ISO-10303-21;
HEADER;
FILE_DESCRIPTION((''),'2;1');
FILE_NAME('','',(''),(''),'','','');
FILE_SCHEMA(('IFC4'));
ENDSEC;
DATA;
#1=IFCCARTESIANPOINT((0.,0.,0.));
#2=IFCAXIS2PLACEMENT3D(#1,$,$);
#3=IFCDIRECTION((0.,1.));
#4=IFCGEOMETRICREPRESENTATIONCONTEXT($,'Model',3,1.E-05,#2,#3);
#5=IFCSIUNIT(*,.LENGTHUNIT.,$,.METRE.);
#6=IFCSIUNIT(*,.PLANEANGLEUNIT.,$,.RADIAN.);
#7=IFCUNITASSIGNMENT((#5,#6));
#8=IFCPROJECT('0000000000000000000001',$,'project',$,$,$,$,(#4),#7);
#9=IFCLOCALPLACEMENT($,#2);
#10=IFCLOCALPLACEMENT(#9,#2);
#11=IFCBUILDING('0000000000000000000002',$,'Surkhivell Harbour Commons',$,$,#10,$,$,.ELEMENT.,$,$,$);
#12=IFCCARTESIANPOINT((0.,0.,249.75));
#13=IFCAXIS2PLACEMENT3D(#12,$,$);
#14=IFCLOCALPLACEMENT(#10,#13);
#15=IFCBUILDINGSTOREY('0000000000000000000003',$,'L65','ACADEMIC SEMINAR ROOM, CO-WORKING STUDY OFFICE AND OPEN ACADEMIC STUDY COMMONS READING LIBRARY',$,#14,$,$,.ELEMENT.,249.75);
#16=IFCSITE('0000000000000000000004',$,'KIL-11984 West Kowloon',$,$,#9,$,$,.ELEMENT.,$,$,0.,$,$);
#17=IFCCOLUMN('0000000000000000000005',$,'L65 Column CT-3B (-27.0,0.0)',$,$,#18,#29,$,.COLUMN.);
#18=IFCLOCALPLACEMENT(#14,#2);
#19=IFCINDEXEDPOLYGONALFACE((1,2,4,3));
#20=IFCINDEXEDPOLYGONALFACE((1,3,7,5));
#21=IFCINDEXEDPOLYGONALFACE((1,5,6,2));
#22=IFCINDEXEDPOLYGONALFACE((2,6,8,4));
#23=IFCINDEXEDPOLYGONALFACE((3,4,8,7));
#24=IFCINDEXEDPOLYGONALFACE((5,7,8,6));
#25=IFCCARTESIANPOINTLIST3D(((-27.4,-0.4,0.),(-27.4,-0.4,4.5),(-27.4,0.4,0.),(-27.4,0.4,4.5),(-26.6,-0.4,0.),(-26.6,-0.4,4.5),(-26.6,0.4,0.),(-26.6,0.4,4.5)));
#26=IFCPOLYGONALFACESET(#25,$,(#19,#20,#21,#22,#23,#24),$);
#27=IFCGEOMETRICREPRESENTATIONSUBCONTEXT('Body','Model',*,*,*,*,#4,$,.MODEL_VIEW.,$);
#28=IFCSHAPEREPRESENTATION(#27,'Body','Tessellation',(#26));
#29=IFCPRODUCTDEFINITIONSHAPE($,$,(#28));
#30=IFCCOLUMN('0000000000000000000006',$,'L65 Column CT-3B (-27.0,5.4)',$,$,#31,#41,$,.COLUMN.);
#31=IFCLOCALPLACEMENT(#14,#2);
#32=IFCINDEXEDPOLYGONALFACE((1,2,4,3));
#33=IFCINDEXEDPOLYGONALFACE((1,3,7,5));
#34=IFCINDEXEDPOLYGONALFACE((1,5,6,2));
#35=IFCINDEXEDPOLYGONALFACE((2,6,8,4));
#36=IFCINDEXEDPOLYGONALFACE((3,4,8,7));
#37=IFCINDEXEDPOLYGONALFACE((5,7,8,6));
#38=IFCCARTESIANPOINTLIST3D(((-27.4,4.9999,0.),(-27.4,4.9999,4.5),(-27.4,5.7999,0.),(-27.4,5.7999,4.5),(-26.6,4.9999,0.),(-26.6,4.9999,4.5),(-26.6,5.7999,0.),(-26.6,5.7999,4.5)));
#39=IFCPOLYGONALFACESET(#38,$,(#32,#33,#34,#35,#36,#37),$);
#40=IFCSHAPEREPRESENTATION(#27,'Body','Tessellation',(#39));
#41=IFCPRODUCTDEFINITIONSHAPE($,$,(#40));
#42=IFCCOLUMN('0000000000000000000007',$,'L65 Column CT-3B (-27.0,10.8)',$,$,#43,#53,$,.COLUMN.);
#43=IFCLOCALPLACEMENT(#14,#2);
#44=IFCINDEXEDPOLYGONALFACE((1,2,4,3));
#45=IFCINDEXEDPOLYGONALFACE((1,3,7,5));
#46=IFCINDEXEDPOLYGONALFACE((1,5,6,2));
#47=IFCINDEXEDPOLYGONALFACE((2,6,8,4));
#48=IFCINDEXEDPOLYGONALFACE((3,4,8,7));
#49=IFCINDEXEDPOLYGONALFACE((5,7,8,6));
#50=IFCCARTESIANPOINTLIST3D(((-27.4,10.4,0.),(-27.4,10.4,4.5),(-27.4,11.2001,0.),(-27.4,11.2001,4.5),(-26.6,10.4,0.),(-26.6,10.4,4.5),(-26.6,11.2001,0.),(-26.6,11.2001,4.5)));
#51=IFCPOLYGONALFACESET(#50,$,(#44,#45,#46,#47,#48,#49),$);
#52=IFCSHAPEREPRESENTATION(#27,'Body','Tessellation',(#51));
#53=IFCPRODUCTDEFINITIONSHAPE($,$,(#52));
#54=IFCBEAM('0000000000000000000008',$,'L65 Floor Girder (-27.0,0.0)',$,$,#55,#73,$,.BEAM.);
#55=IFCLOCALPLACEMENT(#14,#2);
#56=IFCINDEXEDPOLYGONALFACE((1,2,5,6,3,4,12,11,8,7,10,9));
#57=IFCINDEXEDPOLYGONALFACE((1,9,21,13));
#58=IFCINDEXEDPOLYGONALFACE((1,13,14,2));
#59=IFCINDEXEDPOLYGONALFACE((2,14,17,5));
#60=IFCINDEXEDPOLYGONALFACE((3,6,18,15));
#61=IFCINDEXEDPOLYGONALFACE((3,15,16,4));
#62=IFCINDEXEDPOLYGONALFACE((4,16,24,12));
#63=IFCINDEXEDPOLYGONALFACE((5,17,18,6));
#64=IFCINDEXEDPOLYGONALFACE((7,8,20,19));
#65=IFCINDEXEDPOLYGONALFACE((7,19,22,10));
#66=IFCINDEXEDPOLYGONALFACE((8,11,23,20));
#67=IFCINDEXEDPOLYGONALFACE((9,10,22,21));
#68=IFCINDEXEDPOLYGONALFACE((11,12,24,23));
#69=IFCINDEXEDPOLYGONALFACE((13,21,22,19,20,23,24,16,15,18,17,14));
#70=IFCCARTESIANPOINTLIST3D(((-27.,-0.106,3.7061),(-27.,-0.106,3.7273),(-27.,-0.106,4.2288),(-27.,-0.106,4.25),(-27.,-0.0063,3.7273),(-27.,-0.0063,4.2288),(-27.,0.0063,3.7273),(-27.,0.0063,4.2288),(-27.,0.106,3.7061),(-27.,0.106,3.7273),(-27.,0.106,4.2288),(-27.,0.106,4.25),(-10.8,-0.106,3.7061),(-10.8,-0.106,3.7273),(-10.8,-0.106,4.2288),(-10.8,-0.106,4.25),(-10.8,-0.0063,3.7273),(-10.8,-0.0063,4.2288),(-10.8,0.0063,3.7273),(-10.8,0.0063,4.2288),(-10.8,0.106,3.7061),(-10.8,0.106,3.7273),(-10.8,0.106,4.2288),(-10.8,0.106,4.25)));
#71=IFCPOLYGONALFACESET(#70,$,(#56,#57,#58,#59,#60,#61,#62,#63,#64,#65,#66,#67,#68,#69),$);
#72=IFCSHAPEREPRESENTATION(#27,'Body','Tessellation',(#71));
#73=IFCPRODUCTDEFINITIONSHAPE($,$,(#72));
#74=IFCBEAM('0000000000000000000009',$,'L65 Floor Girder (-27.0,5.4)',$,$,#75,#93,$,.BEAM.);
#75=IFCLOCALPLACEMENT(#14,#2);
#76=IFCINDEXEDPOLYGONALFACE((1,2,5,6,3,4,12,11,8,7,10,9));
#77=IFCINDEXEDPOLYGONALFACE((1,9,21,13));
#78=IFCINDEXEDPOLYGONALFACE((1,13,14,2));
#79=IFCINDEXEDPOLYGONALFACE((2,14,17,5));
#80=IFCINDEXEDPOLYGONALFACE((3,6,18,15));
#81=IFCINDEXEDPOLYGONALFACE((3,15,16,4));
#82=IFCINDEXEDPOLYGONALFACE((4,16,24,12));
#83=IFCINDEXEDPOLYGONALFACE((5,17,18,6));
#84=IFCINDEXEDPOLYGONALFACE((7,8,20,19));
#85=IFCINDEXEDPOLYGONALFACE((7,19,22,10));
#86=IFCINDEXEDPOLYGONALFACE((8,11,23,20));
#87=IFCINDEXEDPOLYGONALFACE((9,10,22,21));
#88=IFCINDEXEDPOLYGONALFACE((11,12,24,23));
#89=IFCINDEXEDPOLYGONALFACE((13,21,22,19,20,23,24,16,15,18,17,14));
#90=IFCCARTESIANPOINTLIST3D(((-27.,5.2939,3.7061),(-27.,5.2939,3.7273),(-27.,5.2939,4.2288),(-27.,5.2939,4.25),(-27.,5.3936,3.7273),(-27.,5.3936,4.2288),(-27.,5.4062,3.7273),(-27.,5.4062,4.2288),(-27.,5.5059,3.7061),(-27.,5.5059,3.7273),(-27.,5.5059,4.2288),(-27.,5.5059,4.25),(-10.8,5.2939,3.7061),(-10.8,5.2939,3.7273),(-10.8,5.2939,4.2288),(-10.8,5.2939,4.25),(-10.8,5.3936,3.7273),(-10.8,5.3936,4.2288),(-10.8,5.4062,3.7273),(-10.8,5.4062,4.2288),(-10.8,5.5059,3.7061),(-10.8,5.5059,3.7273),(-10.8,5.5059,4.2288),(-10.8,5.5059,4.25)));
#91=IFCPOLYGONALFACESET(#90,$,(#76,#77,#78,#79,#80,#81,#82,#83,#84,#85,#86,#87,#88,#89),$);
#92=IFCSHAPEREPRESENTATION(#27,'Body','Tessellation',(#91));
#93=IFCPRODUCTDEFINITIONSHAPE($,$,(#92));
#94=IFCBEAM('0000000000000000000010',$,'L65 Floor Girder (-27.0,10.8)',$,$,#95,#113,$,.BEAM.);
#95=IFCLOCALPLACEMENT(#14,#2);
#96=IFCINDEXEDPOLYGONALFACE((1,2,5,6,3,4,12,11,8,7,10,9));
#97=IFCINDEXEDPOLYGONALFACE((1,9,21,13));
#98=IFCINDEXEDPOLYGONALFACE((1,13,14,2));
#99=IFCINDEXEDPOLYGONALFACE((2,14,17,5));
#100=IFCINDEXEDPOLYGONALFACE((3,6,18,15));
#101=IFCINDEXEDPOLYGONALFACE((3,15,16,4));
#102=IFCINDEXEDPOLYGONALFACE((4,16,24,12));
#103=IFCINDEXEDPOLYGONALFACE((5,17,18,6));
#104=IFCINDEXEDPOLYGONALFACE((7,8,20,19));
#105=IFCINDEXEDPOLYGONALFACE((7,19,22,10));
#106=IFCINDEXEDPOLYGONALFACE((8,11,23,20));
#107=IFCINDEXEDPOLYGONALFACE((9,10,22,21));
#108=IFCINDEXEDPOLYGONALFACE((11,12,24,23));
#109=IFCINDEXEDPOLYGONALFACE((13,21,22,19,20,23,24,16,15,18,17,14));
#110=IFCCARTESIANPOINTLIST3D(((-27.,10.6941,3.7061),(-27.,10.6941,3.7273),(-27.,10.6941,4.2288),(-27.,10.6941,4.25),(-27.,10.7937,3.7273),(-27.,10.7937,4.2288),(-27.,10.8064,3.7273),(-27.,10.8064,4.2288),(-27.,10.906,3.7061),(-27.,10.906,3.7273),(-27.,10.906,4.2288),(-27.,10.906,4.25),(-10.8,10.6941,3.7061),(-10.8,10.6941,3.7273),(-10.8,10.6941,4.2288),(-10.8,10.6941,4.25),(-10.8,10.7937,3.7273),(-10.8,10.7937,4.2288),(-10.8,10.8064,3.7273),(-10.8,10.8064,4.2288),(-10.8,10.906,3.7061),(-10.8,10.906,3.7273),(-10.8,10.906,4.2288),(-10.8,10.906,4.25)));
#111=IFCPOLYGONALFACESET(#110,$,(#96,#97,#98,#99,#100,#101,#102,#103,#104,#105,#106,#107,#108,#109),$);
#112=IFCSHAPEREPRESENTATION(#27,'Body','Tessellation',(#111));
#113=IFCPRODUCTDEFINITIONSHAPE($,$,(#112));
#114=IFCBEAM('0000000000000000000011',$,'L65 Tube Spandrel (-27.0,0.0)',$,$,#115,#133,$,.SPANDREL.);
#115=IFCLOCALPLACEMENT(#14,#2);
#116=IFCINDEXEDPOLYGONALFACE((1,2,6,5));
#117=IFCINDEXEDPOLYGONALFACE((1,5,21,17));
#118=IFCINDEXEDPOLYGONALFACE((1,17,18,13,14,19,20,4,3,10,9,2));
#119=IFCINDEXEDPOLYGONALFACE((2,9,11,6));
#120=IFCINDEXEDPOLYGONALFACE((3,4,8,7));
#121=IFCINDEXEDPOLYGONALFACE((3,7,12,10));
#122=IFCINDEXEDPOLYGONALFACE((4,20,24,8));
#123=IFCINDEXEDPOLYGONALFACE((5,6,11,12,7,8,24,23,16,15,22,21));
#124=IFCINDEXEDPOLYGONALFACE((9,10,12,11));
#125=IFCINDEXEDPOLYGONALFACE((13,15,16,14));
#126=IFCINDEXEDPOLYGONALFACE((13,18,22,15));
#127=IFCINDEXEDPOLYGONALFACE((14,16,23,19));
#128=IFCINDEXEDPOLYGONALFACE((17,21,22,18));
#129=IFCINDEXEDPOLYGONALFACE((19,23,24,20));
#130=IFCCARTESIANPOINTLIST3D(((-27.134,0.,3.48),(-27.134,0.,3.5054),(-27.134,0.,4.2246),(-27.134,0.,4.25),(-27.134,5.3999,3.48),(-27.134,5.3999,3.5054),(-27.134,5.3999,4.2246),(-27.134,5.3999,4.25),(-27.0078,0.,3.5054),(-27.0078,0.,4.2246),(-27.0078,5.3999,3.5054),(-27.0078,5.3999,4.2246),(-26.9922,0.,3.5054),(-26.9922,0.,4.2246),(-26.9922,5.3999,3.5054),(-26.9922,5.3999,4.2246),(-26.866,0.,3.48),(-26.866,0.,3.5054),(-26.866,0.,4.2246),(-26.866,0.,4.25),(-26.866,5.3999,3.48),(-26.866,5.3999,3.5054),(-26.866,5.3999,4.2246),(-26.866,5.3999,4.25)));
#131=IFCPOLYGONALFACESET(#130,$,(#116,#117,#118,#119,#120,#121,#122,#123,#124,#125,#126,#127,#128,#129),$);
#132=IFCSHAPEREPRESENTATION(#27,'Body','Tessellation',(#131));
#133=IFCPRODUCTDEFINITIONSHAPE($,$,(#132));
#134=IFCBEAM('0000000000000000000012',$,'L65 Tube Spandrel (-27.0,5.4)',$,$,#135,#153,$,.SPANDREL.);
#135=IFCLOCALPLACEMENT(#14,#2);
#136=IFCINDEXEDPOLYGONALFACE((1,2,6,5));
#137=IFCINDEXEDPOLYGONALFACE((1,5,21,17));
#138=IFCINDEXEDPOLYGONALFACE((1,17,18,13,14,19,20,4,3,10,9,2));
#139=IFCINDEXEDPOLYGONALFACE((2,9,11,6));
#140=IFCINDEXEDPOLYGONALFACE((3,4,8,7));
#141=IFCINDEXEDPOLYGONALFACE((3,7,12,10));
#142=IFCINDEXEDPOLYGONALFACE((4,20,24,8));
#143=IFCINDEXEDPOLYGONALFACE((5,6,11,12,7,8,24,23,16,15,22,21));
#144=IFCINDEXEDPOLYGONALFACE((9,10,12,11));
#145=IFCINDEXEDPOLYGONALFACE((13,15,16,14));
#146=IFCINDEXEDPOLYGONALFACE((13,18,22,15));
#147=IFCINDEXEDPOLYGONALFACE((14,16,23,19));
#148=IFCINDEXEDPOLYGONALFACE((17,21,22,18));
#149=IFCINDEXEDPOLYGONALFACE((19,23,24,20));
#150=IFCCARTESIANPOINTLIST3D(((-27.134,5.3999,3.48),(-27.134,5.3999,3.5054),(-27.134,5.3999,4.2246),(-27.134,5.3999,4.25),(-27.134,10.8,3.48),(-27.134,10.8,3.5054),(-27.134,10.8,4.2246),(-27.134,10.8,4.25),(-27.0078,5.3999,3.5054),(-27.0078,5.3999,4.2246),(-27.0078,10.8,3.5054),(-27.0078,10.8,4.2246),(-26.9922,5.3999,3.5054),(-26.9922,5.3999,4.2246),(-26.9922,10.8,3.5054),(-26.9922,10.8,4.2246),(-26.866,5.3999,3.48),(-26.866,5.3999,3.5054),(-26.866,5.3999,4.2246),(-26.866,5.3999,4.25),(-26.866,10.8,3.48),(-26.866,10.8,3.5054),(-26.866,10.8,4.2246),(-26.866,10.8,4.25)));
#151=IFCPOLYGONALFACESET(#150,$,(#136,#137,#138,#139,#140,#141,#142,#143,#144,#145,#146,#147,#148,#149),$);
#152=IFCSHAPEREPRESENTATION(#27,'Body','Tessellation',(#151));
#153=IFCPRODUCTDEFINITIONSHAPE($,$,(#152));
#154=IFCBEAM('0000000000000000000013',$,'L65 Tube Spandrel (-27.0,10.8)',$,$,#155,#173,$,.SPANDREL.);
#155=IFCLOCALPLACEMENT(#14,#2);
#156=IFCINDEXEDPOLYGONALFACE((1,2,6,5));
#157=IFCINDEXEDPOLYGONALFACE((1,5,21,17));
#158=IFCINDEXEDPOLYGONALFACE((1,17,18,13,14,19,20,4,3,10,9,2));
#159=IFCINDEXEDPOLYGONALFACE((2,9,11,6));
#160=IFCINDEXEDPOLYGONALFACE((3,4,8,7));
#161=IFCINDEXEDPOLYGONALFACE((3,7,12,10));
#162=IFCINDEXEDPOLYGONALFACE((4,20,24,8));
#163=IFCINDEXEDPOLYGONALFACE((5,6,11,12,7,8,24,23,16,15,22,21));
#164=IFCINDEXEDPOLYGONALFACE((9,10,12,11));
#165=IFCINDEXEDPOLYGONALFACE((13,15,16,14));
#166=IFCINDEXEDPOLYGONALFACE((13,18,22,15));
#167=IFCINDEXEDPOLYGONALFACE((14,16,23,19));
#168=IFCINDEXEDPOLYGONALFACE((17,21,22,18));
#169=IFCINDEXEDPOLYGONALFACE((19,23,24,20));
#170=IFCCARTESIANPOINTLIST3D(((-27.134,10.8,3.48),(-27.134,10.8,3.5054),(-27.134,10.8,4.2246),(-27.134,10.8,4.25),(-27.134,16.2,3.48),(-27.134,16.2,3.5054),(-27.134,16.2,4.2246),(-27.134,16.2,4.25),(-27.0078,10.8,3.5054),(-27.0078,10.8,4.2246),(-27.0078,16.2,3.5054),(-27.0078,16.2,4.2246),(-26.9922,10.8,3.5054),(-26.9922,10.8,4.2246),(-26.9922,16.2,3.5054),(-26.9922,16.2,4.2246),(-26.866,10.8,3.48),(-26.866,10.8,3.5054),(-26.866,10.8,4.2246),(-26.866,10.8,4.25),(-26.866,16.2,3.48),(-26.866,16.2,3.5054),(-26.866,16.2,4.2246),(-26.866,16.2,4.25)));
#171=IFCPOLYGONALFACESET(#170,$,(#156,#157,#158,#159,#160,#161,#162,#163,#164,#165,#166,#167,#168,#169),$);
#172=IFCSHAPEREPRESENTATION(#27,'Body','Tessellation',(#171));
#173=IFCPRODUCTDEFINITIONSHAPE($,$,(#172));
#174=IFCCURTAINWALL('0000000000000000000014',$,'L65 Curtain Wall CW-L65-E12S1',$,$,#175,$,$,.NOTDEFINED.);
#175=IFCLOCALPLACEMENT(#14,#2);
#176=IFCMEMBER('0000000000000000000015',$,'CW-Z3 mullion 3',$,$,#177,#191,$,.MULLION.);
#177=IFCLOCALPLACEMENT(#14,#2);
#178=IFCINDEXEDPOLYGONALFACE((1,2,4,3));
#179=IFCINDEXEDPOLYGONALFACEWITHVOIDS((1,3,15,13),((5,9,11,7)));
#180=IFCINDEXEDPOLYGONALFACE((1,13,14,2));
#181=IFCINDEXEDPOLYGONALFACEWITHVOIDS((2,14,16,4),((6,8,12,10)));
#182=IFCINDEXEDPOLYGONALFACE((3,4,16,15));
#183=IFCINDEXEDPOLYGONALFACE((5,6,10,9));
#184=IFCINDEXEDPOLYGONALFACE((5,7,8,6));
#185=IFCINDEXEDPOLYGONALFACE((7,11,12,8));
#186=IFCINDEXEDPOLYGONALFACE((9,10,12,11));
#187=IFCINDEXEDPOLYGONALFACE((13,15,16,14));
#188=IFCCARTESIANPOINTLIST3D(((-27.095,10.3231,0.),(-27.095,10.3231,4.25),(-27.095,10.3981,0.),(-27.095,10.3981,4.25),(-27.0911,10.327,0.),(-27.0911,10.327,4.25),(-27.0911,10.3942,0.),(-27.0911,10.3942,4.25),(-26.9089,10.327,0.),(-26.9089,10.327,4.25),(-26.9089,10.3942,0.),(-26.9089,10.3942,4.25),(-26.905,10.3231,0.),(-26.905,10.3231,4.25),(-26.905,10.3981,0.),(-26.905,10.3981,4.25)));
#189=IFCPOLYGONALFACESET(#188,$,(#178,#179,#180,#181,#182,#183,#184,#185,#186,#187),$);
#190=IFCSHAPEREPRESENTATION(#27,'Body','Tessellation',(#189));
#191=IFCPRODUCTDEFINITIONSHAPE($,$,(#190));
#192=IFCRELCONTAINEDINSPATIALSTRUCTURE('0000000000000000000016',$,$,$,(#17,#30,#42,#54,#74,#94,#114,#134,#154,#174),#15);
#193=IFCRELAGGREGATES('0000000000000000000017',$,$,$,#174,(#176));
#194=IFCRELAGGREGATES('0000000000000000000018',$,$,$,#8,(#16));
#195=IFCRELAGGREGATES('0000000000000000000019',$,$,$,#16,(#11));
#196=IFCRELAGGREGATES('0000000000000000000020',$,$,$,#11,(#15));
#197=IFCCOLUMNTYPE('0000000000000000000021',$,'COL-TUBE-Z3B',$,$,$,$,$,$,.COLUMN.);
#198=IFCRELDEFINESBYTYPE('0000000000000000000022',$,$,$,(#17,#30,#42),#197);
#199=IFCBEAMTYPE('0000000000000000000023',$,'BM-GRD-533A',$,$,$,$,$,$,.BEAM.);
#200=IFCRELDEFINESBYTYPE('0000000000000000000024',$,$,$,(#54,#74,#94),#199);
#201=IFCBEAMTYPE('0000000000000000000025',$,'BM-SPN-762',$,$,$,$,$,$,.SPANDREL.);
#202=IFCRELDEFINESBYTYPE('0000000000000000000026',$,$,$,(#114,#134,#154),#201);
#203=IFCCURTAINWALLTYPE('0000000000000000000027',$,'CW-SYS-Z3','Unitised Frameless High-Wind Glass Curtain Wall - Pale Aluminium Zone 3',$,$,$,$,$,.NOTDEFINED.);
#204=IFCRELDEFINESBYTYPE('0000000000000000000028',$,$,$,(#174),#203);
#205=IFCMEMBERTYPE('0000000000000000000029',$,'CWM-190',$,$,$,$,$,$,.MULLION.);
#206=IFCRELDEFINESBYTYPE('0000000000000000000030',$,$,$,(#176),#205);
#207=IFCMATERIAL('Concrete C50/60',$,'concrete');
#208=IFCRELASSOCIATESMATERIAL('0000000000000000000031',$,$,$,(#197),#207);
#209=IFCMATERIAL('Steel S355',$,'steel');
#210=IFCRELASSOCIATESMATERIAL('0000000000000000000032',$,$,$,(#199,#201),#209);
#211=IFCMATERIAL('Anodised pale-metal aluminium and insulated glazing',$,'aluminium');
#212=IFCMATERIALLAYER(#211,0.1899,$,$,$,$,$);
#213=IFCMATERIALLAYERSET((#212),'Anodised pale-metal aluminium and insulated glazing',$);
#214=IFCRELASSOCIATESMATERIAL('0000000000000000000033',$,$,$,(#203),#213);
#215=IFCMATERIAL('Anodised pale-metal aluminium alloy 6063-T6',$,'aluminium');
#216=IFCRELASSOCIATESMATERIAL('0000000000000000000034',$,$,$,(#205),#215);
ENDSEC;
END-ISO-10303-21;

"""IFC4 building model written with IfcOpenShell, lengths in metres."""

from ifc_helpers import new_model, si_unit, direction, frame, origin, origin_2d, place, context, subcontext, project, spatial, rectangle, hollow_rectangle, i_section, extrude, material, layer, layer_set, material_profile, profile_set, type_object, element, aggregate, save


model = new_model("IFC4")

# Units and contexts
model_context = context("Model", 3, precision=1e-05, world=origin(), true_north=direction((0.0, 1.0)))
body_context = subcontext(model_context, "Body", "Model", "MODEL_VIEW")
ifc_project = project(units=[si_unit("LENGTHUNIT", "METRE"), si_unit("PLANEANGLEUNIT", "RADIAN")], contexts=[model_context])

# Site, building, storey
site_placement = place(None, origin())
site = spatial("IfcSite", under=ifc_project, at=site_placement, Name="KIL-11984 West Kowloon", CompositionType="ELEMENT", RefElevation=0.0)
building_placement = place(site_placement, origin())
building = spatial("IfcBuilding", under=site, at=building_placement, Name="Surkhivell Harbour Commons", CompositionType="ELEMENT")
storey_placement = place(building_placement, frame((0.0, 0.0, 249.75)))
storey = spatial("IfcBuildingStorey", under=building, at=storey_placement, Name="L65", Description="ACADEMIC SEMINAR ROOM, CO-WORKING STUDY OFFICE AND OPEN ACADEMIC STUDY COMMONS READING LIBRARY", CompositionType="ELEMENT", Elevation=249.75)

# Columns
ifc_material_1 = material(Name="Concrete C50/60", Category="concrete")
ifc_material_profile_1 = material_profile(ifc_material_1, rectangle(XDim=0.8, YDim=0.8, at=origin_2d()), Name="RC-COL-800x800")
ifc_profile_set_1 = profile_set([ifc_material_profile_1], Name="Concrete C50/60")
column_type = type_object("IfcColumnType", Name="COL-TUBE-Z3B", PredefinedType="COLUMN", material=ifc_profile_set_1)
for number, where, z_axis, x_axis, name in (
    (1, (-27.0, 0.0, 0.0), (0.0, 0.0, 1.0), (1.0, 0.0, 0.0), "L65 Column CT-3B (-27.0,0.0)"),
    (2, (-27.0, 5.3999, 0.0), (0.0, 0.0, 1.0), (1.0, 0.0, 0.0), "L65 Column CT-3B (-27.0,5.4)"),
    (3, (-27.0, 10.8, 0.0), (0.0, 0.0, 1.0), (1.0, 0.0, 0.0), "L65 Column CT-3B (-27.0,10.8)"),
):
    element("IfcColumn", number, at=place(storey_placement, frame(where, z_axis=z_axis, x_axis=x_axis)), inside=storey, type_object=column_type, Name=name, PredefinedType="COLUMN", context=body_context, shape_type="SweptSolid", body=[
        extrude(rectangle(XDim=0.8, YDim=0.8, at=origin_2d()), origin(), (0.0, 0.0, 1.0), 4.5),
    ])

# Beams
ifc_material_2 = material(Name="Steel S355", Category="steel")
ifc_material_profile_2 = material_profile(ifc_material_2, i_section(OverallWidth=0.2119, OverallDepth=0.5439, WebThickness=0.0127, FlangeThickness=0.0212, at=origin_2d()), Name="UB533x210x122")
ifc_profile_set_2 = profile_set([ifc_material_profile_2], Name="Steel S355")
beam_type_1 = type_object("IfcBeamType", Name="BM-GRD-533A", PredefinedType="BEAM", material=ifc_profile_set_2)
for number, where, z_axis, x_axis, name in (
    (4, (-27.0, 0.0, 3.978), (1.0, 0.0, 0.0), (0.0, 1.0, 0.0), "L65 Floor Girder (-27.0,0.0)"),
    (5, (-27.0, 5.3999, 3.978), (1.0, 0.0, 0.0), (0.0, 1.0, 0.0), "L65 Floor Girder (-27.0,5.4)"),
    (6, (-27.0, 10.8, 3.978), (1.0, 0.0, 0.0), (0.0, 1.0, 0.0), "L65 Floor Girder (-27.0,10.8)"),
):
    element("IfcBeam", number, at=place(storey_placement, frame(where, z_axis=z_axis, x_axis=x_axis)), inside=storey, type_object=beam_type_1, Name=name, PredefinedType="BEAM", context=body_context, shape_type="SweptSolid", body=[
        extrude(i_section(OverallWidth=0.2119, OverallDepth=0.5439, WebThickness=0.0127, FlangeThickness=0.0212, at=origin_2d()), origin(), (0.0, 0.0, 1.0), 16.2),
    ])
ifc_material_profile_3 = material_profile(ifc_material_2, i_section(OverallWidth=0.2681, OverallDepth=0.77, WebThickness=0.0156, FlangeThickness=0.0254, at=origin_2d()), Name="UB762x267x197")
ifc_profile_set_3 = profile_set([ifc_material_profile_3], Name="Steel S355")
beam_type_2 = type_object("IfcBeamType", Name="BM-SPN-762", PredefinedType="SPANDREL", material=ifc_profile_set_3)
beam_1_placement = place(storey_placement, frame((-27.0, 0.0, 3.865), z_axis=(0.0, 1.0, 0.0), x_axis=(-1.0, 0.0, 0.0)))
element("IfcBeam", 7, at=beam_1_placement, inside=storey, type_object=beam_type_2, Name="L65 Tube Spandrel (-27.0,0.0)", PredefinedType="SPANDREL", context=body_context, shape_type="SweptSolid", body=[
    extrude(i_section(OverallWidth=0.2681, OverallDepth=0.77, WebThickness=0.0156, FlangeThickness=0.0254, at=origin_2d()), origin(), (0.0, 0.0, 1.0), 5.3999),
])
beam_2_placement = place(storey_placement, frame((-27.0, 5.3999, 3.865), z_axis=(0.0, 1.0, 0.0), x_axis=(-1.0, 0.0, 0.0)))
element("IfcBeam", 8, at=beam_2_placement, inside=storey, type_object=beam_type_2, Name="L65 Tube Spandrel (-27.0,5.4)", PredefinedType="SPANDREL", context=body_context, shape_type="SweptSolid", body=[
    extrude(i_section(OverallWidth=0.2681, OverallDepth=0.77, WebThickness=0.0156, FlangeThickness=0.0254, at=origin_2d()), origin(), (0.0, 0.0, 1.0), 5.4001),
])
beam_3_placement = place(storey_placement, frame((-27.0, 10.8, 3.865), z_axis=(0.0, 1.0, 0.0), x_axis=(-1.0, 0.0, 0.0)))
element("IfcBeam", 9, at=beam_3_placement, inside=storey, type_object=beam_type_2, Name="L65 Tube Spandrel (-27.0,10.8)", PredefinedType="SPANDREL", context=body_context, shape_type="SweptSolid", body=[
    extrude(i_section(OverallWidth=0.2681, OverallDepth=0.77, WebThickness=0.0156, FlangeThickness=0.0254, at=origin_2d()), origin(), (0.0, 0.0, 1.0), 5.3999),
])

# Curtain wall, member
ifc_material_3 = material(Name="Anodised pale-metal aluminium and insulated glazing", Category="aluminium")
ifc_layer_1 = layer(ifc_material_3, 0.1899)
ifc_layer_set_1 = layer_set([ifc_layer_1], Name="Anodised pale-metal aluminium and insulated glazing")
curtain_wall_type = type_object("IfcCurtainWallType", Name="CW-SYS-Z3", Description="Unitised Frameless High-Wind Glass Curtain Wall - Pale Aluminium Zone 3", PredefinedType="NOTDEFINED", material=ifc_layer_set_1)
curtain_wall_placement = place(storey_placement, origin())
curtain_wall = element("IfcCurtainWall", 10, at=curtain_wall_placement, inside=storey, type_object=curtain_wall_type, Name="L65 Curtain Wall CW-L65-E12S1", PredefinedType="NOTDEFINED")
ifc_material_4 = material(Name="Anodised pale-metal aluminium alloy 6063-T6", Category="aluminium")
ifc_material_profile_4 = material_profile(ifc_material_4, hollow_rectangle(XDim=0.075, YDim=0.1899, WallThickness=0.0039, at=origin_2d()), Name="ALU-MULL-75x190")
ifc_profile_set_4 = profile_set([ifc_material_profile_4], Name="Anodised pale-metal aluminium alloy 6063-T6")
member_type_1 = type_object("IfcMemberType", Name="CWM-190", PredefinedType="MULLION", material=ifc_profile_set_4)
member_1_placement = place(storey_placement, frame((-27.0, 10.3606, 0.0), z_axis=(0.0, 0.0, 1.0), x_axis=(0.0, -1.0, 0.0)))
member_1 = element("IfcMember", 11, at=member_1_placement, type_object=member_type_1, Name="CW-Z3 mullion 3", PredefinedType="MULLION", context=body_context, shape_type="SweptSolid", body=[
    extrude(hollow_rectangle(XDim=0.075, YDim=0.1899, WallThickness=0.0039, at=origin_2d()), origin(), (0.0, 0.0, 1.0), 4.25),
])
aggregate(curtain_wall, [member_1])

save(model, "model.ifc")
